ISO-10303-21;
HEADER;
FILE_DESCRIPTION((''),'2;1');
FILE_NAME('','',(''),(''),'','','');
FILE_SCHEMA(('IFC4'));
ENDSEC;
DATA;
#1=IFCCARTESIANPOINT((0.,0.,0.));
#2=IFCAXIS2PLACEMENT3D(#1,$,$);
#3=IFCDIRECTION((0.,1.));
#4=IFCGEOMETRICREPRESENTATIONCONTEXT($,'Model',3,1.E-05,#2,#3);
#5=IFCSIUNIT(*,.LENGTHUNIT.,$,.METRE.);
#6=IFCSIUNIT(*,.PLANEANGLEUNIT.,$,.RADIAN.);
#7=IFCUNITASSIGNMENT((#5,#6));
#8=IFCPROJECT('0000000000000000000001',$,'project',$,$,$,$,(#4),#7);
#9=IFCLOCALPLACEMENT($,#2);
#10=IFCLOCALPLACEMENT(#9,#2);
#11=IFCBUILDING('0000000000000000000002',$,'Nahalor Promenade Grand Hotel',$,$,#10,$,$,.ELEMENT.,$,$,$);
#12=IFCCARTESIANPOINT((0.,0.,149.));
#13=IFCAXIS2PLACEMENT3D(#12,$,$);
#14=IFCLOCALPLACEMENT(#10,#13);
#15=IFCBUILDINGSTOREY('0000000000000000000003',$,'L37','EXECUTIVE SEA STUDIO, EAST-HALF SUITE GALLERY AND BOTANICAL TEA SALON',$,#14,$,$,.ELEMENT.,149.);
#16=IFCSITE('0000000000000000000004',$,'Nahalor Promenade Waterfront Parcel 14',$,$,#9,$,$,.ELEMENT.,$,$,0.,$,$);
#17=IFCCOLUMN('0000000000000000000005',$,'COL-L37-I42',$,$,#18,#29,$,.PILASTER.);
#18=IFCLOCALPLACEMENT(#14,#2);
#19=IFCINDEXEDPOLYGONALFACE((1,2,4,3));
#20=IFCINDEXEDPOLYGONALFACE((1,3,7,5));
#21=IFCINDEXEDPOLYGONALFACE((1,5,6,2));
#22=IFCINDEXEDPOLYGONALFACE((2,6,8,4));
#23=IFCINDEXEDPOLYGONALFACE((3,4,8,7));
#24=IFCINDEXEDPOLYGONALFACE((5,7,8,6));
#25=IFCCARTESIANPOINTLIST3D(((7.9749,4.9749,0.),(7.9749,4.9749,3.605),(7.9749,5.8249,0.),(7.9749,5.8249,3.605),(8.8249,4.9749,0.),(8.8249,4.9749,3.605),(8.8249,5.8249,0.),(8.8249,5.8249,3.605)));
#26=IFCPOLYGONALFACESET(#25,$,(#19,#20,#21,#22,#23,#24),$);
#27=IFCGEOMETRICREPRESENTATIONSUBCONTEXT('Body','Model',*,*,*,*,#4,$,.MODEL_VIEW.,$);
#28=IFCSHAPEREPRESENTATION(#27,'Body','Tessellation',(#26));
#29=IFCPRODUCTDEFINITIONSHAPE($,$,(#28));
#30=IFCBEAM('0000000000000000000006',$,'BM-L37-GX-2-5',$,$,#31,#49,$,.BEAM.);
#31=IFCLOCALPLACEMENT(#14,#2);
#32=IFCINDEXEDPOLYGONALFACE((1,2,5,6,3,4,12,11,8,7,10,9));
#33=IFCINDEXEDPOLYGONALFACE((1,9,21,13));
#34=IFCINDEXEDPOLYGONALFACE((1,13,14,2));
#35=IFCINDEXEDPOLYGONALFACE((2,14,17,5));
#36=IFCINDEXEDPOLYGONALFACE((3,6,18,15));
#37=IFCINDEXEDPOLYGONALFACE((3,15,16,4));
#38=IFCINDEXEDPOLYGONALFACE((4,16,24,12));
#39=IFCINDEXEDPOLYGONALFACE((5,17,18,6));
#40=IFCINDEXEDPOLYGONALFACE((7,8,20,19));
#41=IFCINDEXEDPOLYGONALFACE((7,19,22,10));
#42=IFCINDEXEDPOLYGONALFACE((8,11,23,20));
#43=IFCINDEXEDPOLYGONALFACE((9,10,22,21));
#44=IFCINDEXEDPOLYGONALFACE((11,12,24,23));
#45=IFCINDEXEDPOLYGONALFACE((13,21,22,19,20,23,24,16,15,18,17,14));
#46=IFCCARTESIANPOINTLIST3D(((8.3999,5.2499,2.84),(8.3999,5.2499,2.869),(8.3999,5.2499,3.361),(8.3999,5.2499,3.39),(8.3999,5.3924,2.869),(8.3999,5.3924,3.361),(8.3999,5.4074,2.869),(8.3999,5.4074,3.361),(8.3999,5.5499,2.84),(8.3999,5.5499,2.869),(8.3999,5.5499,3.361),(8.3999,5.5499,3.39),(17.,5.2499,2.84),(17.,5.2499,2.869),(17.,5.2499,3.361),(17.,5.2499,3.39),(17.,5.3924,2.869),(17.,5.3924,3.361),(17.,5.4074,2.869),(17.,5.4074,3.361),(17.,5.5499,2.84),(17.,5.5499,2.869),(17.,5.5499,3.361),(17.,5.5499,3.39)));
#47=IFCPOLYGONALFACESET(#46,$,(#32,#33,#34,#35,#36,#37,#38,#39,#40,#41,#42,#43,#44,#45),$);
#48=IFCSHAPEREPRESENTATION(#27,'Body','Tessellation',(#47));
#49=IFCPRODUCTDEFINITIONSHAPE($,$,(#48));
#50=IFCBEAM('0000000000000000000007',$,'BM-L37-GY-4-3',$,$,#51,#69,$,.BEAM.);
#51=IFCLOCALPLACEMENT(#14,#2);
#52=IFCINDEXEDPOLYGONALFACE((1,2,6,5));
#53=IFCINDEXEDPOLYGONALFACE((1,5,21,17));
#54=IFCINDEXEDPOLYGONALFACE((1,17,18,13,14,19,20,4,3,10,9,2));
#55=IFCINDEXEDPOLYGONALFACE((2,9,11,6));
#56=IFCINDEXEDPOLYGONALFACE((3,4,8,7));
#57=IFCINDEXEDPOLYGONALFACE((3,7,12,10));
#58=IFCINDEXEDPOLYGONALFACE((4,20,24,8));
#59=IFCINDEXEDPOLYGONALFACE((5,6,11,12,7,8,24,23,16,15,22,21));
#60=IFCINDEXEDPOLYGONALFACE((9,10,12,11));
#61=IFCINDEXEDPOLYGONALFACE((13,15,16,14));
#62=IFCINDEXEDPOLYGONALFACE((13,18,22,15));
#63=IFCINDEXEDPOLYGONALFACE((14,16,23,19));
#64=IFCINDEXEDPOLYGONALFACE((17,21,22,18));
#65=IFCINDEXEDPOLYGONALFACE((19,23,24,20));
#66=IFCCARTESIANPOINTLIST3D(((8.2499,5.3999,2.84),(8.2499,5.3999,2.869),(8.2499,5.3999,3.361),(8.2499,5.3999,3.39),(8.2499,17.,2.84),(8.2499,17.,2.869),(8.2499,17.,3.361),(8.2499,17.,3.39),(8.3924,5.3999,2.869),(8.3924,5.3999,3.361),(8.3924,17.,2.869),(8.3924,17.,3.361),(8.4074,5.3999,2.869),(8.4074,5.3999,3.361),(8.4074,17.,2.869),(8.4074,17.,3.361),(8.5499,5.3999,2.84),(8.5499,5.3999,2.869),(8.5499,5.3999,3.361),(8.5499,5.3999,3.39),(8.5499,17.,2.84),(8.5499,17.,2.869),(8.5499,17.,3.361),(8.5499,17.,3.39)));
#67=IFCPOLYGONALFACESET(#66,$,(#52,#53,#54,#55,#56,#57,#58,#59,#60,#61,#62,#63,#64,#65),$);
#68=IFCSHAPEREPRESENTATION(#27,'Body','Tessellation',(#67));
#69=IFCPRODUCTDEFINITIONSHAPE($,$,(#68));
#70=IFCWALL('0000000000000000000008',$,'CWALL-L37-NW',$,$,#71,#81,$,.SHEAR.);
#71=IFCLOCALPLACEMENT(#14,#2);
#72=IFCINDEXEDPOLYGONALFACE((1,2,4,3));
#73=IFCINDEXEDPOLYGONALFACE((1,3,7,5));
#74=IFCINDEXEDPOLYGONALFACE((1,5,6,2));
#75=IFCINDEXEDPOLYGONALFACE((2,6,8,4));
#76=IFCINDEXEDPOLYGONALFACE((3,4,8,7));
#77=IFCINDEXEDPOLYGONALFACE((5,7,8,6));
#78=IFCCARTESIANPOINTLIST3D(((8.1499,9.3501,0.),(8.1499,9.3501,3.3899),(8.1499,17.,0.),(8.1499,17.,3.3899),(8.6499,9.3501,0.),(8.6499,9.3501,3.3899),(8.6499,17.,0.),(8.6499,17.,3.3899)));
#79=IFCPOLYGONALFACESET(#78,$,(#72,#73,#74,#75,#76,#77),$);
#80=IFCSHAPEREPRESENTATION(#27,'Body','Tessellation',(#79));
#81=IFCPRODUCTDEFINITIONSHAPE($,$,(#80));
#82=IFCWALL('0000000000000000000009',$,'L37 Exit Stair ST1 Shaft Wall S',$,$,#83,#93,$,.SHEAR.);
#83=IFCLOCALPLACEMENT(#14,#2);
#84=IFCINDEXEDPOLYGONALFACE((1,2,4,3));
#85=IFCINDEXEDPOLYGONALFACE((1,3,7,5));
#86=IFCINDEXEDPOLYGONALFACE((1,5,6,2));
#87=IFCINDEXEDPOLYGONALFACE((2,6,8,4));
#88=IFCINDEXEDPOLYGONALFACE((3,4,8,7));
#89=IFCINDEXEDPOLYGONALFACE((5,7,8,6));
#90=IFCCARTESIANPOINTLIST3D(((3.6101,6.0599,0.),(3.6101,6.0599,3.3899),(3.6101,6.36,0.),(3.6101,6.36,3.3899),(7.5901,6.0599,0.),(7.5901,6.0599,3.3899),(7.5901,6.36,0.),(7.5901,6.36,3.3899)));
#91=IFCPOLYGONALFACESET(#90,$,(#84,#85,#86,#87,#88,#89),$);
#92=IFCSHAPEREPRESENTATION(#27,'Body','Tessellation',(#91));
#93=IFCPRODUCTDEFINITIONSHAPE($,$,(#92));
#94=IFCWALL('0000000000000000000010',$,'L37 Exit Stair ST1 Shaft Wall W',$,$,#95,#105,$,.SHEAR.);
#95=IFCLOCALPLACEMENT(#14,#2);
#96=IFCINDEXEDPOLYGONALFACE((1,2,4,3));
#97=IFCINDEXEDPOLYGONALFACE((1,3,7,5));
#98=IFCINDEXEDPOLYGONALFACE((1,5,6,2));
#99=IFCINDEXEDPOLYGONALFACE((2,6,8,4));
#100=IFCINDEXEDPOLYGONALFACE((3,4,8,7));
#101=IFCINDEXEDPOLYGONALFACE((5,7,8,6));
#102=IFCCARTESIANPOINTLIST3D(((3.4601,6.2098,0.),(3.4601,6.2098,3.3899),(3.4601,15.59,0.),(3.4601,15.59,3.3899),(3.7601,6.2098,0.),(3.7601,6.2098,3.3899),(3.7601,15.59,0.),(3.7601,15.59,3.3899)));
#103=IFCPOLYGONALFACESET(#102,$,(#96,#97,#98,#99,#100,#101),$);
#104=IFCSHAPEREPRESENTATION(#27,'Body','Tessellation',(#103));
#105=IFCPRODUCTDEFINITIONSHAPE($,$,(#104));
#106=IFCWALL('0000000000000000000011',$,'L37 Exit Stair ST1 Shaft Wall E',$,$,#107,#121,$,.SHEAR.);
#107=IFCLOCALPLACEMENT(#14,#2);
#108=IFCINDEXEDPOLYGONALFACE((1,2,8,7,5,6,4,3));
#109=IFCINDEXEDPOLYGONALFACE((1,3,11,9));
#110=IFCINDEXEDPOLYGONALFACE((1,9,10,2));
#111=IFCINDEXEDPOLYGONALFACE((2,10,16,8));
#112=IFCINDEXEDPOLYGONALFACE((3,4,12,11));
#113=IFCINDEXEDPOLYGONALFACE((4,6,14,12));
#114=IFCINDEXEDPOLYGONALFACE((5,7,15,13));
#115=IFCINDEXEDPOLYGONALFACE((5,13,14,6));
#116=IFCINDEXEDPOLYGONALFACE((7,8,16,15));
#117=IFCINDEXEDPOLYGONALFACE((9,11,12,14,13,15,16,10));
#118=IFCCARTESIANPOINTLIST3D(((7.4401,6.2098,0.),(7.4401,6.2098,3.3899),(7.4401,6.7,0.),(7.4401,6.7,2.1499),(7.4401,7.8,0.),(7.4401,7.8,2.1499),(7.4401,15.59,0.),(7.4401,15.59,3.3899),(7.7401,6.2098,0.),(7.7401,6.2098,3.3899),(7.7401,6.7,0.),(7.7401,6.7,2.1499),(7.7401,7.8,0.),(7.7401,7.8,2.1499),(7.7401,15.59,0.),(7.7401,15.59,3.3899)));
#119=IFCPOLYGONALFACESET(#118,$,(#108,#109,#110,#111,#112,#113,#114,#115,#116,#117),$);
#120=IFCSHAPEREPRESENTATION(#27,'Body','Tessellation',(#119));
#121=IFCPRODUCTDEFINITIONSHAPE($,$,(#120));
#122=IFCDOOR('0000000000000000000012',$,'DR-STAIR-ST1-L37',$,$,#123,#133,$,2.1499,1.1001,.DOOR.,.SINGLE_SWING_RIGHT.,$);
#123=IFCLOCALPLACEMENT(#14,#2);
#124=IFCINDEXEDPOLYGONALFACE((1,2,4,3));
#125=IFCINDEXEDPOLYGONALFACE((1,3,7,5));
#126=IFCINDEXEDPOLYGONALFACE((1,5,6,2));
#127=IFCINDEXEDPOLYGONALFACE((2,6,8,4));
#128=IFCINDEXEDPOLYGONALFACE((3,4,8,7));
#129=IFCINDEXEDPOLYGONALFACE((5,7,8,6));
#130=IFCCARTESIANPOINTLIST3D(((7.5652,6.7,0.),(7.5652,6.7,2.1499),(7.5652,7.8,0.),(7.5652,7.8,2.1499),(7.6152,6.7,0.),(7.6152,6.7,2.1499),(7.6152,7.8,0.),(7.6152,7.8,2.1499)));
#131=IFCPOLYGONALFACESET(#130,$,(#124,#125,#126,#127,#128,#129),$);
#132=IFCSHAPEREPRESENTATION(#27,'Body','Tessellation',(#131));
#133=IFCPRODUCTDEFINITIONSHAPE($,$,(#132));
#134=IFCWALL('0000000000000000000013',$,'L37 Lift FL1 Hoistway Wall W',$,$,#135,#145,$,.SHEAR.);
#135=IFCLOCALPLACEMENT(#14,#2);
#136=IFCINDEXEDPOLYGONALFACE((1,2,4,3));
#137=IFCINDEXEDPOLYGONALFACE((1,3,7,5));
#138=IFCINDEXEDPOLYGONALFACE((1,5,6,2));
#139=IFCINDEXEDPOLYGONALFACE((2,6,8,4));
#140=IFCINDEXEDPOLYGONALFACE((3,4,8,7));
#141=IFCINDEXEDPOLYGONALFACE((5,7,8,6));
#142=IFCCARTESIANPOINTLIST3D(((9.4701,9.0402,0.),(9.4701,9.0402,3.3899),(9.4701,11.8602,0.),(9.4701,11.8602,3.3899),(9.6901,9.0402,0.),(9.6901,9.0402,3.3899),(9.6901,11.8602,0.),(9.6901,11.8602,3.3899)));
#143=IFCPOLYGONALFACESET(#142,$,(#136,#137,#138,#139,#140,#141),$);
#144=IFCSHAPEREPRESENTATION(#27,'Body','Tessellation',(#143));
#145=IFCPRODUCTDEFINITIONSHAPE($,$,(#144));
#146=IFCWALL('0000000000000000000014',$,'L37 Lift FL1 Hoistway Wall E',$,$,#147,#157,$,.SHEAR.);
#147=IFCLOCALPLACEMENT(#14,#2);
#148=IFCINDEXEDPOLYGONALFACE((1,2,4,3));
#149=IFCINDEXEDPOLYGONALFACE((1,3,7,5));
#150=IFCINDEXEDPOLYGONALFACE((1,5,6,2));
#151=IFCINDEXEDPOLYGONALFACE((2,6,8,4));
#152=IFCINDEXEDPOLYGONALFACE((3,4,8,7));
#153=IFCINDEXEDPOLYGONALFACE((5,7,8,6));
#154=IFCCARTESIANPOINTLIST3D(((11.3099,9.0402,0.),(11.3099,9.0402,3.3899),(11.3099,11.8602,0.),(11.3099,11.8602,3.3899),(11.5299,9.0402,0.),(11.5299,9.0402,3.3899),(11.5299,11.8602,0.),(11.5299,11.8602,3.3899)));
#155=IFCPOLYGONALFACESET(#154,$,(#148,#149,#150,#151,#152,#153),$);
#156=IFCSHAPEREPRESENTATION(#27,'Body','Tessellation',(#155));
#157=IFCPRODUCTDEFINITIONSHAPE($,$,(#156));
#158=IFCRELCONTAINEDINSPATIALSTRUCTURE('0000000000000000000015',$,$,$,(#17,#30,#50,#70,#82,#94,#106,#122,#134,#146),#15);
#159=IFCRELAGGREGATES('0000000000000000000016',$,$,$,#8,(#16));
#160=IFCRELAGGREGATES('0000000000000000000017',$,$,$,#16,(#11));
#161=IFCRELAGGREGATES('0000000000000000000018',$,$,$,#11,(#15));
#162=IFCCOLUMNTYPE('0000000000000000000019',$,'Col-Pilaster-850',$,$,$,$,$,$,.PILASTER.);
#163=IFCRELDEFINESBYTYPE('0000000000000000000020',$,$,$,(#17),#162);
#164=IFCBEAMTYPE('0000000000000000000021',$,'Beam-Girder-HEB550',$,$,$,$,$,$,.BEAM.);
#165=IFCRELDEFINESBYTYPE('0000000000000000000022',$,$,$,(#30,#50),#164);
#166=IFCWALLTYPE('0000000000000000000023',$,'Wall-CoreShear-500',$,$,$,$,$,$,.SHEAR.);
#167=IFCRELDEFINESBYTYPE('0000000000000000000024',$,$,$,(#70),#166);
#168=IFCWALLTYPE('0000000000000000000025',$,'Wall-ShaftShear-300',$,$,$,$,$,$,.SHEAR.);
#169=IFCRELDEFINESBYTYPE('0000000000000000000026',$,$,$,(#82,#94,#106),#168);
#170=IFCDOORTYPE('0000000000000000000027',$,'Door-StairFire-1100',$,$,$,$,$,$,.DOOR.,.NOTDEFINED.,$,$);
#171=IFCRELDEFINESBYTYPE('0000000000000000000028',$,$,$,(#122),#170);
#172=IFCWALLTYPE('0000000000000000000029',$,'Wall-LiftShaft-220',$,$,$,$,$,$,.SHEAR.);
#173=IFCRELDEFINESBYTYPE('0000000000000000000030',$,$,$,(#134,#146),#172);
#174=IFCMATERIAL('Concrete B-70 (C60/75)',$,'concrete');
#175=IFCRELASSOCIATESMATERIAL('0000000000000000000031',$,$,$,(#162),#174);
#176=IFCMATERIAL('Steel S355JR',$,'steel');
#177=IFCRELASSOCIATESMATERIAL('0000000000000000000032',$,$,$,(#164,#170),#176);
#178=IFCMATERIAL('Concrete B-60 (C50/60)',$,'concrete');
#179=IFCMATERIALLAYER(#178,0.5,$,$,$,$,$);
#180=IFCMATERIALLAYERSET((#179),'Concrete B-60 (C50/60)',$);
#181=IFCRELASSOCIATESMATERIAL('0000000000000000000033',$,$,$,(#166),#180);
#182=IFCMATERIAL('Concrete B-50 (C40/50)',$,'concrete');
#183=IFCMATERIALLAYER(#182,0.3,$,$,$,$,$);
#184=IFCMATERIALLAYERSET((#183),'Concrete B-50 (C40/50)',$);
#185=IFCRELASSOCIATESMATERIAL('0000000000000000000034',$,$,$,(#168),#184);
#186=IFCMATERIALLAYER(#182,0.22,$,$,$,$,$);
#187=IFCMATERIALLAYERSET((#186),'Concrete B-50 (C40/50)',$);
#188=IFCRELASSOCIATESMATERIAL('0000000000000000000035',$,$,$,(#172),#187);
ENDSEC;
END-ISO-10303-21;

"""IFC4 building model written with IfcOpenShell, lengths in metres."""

from ifc_helpers import new_model, si_unit, direction, frame, frame_2d, origin, origin_2d, place, context, subcontext, project, spatial, rectangle, i_section, extrude, source, transform, mapped, material, layer, layer_set, material_profile, profile_set, type_object, element, fill, save


model = new_model("IFC4")

# Units and contexts
model_context = context("Model", 3, precision=1e-05, world=origin(), true_north=direction((0.0, 1.0)))
body_context = subcontext(model_context, "Body", "Model", "MODEL_VIEW")
ifc_project = project(units=[si_unit("LENGTHUNIT", "METRE"), si_unit("PLANEANGLEUNIT", "RADIAN")], contexts=[model_context])

# Site, building, storey
site_placement = place(None, origin())
site = spatial("IfcSite", under=ifc_project, at=site_placement, Name="Nahalor Promenade Waterfront Parcel 14", CompositionType="ELEMENT", RefElevation=0.0)
building_placement = place(site_placement, origin())
building = spatial("IfcBuilding", under=site, at=building_placement, Name="Nahalor Promenade Grand Hotel", CompositionType="ELEMENT")
storey_placement = place(building_placement, frame((0.0, 0.0, 149.0)))
storey = spatial("IfcBuildingStorey", under=building, at=storey_placement, Name="L37", Description="EXECUTIVE SEA STUDIO, EAST-HALF SUITE GALLERY AND BOTANICAL TEA SALON", CompositionType="ELEMENT", Elevation=149.0)

# Column
ifc_material_1 = material(Name="Concrete B-70 (C60/75)", Category="concrete")
ifc_material_profile_1 = material_profile(ifc_material_1, rectangle(XDim=0.85, YDim=0.85, at=origin_2d()), Name="RC 850x850")
ifc_profile_set_1 = profile_set([ifc_material_profile_1], Name="Concrete B-70 (C60/75)")
column_type = type_object("IfcColumnType", Name="Col-Pilaster-850", PredefinedType="PILASTER", material=ifc_profile_set_1)
shared_shape_1 = source(origin(), body_context, "Body", "SweptSolid", [
    extrude(rectangle(XDim=0.85, YDim=0.85, at=origin_2d()), origin(), (0.0, 0.0, 1.0), 3.605),
])
column_placement = place(storey_placement, frame((8.3999, 5.3999, 0.0), z_axis=(0.0, 0.0, 1.0), x_axis=(1.0, 0.0, 0.0)))
element("IfcColumn", 1, at=column_placement, inside=storey, type_object=column_type, Name="COL-L37-I42", PredefinedType="PILASTER", context=body_context, shape_type="MappedRepresentation", body=[
    mapped(shared_shape_1, transform((0.0, 0.0, 0.0), scale=1.0)),
])

# Beams
ifc_material_2 = material(Name="Steel S355JR", Category="steel")
ifc_material_profile_2 = material_profile(ifc_material_2, i_section(OverallWidth=0.3, OverallDepth=0.55, WebThickness=0.015, FlangeThickness=0.029, at=origin_2d()), Name="HEB 550")
ifc_profile_set_2 = profile_set([ifc_material_profile_2], Name="Steel S355JR")
beam_type = type_object("IfcBeamType", Name="Beam-Girder-HEB550", PredefinedType="BEAM", material=ifc_profile_set_2)
shared_shape_2 = source(origin(), body_context, "Body", "SweptSolid", [
    extrude(i_section(OverallWidth=0.3, OverallDepth=0.55, WebThickness=0.015, FlangeThickness=0.029, at=origin_2d()), origin(), (0.0, 0.0, 1.0), 8.6001),
])
beam_1_placement = place(storey_placement, frame((8.3999, 5.3999, 3.115), z_axis=(1.0, 0.0, 0.0), x_axis=(0.0, 1.0, 0.0)))
element("IfcBeam", 2, at=beam_1_placement, inside=storey, type_object=beam_type, Name="BM-L37-GX-2-5", PredefinedType="BEAM", context=body_context, shape_type="MappedRepresentation", body=[
    mapped(shared_shape_2, transform((0.0, 0.0, 0.0), scale=1.0)),
])
shared_shape_3 = source(origin(), body_context, "Body", "SweptSolid", [
    extrude(i_section(OverallWidth=0.3, OverallDepth=0.55, WebThickness=0.015, FlangeThickness=0.029, at=origin_2d()), origin(), (0.0, 0.0, 1.0), 11.6001),
])
beam_2_placement = place(storey_placement, frame((8.3999, 5.3999, 3.115), z_axis=(0.0, 1.0, 0.0), x_axis=(-1.0, 0.0, 0.0)))
element("IfcBeam", 3, at=beam_2_placement, inside=storey, type_object=beam_type, Name="BM-L37-GY-4-3", PredefinedType="BEAM", context=body_context, shape_type="MappedRepresentation", body=[
    mapped(shared_shape_3, transform((0.0, 0.0, 0.0), scale=1.0)),
])

# Walls
ifc_material_3 = material(Name="Concrete B-60 (C50/60)", Category="concrete")
ifc_layer_1 = layer(ifc_material_3, 0.5)
ifc_layer_set_1 = layer_set([ifc_layer_1], Name="Concrete B-60 (C50/60)")
wall_type_1 = type_object("IfcWallType", Name="Wall-CoreShear-500", PredefinedType="SHEAR", material=ifc_layer_set_1)
shared_shape_4 = source(origin(), body_context, "Body", "SweptSolid", [
    extrude(rectangle(XDim=7.6499, YDim=0.5, at=frame_2d((3.825, 0.0))), origin(), (0.0, 0.0, 1.0), 3.3899),
])
wall_1_placement = place(storey_placement, frame((8.3999, 9.3501, 0.0), z_axis=(0.0, 0.0, 1.0), x_axis=(0.0, 1.0, 0.0)))
element("IfcWall", 4, at=wall_1_placement, inside=storey, type_object=wall_type_1, Name="CWALL-L37-NW", PredefinedType="SHEAR", context=body_context, shape_type="MappedRepresentation", body=[
    mapped(shared_shape_4, transform((0.0, 0.0, 0.0), scale=1.0)),
])
ifc_material_4 = material(Name="Concrete B-50 (C40/50)", Category="concrete")
ifc_layer_2 = layer(ifc_material_4, 0.3)
ifc_layer_set_2 = layer_set([ifc_layer_2], Name="Concrete B-50 (C40/50)")
wall_type_2 = type_object("IfcWallType", Name="Wall-ShaftShear-300", PredefinedType="SHEAR", material=ifc_layer_set_2)
shared_shape_5 = source(origin(), body_context, "Body", "SweptSolid", [
    extrude(rectangle(XDim=3.98, YDim=0.3, at=frame_2d((1.99, 0.0))), origin(), (0.0, 0.0, 1.0), 3.3899),
])
wall_2_placement = place(storey_placement, frame((3.6101, 6.21, 0.0), z_axis=(0.0, 0.0, 1.0), x_axis=(1.0, 0.0, 0.0)))
element("IfcWall", 5, at=wall_2_placement, inside=storey, type_object=wall_type_2, Name="L37 Exit Stair ST1 Shaft Wall S", PredefinedType="SHEAR", context=body_context, shape_type="MappedRepresentation", body=[
    mapped(shared_shape_5, transform((0.0, 0.0, 0.0), scale=1.0)),
])
shared_shape_6 = source(origin(), body_context, "Body", "SweptSolid", [
    extrude(rectangle(XDim=9.3801, YDim=0.3, at=frame_2d((4.6899, 0.0))), origin(), (0.0, 0.0, 1.0), 3.3899),
])
wall_3_placement = place(storey_placement, frame((3.6101, 6.21, 0.0), z_axis=(0.0, 0.0, 1.0), x_axis=(0.0, 1.0, 0.0)))
element("IfcWall", 6, at=wall_3_placement, inside=storey, type_object=wall_type_2, Name="L37 Exit Stair ST1 Shaft Wall W", PredefinedType="SHEAR", context=body_context, shape_type="MappedRepresentation", body=[
    mapped(shared_shape_6, transform((0.0, 0.0, 0.0), scale=1.0)),
])

# Wall, opening, door
wall_4_placement = place(storey_placement, frame((7.5901, 6.21, 0.0), z_axis=(0.0, 0.0, 1.0), x_axis=(0.0, 1.0, 0.0)))
wall_4 = element("IfcWall", 7, at=wall_4_placement, inside=storey, type_object=wall_type_2, Name="L37 Exit Stair ST1 Shaft Wall E", PredefinedType="SHEAR", context=body_context, shape_type="MappedRepresentation", body=[
    mapped(shared_shape_6, transform((0.0, 0.0, 0.0), scale=1.0)),
])
opening_1_placement = place(wall_4_placement, frame((0.49, 0.0, 0.0)))
opening_1 = element("IfcOpeningElement", 8, at=opening_1_placement, cuts=wall_4, PredefinedType="OPENING", context=body_context, shape_type="SweptSolid", body=[
    extrude(rectangle(XDim=1.1001, YDim=2.1499, at=frame_2d((0.55, 1.075))), frame((0.0, 0.1599, 0.0), z_axis=(0.0, -1.0, 0.0), x_axis=(1.0, 0.0, 0.0)), (0.0, 0.0, 1.0), 0.3201),
])
door_type_1 = type_object("IfcDoorType", Name="Door-StairFire-1100", OperationType="NOTDEFINED", PredefinedType="DOOR", material=ifc_material_2)
shared_shape_7 = source(origin(), body_context, "Body", "SweptSolid", [
    extrude(rectangle(XDim=1.1001, YDim=2.1499, at=frame_2d((0.55, 1.075))), frame((0.0, 0.0249, 0.0), z_axis=(0.0, -1.0, 0.0), x_axis=(1.0, 0.0, 0.0)), (0.0, 0.0, 1.0), 0.05),
])
door_1_placement = place(opening_1_placement, origin())
door_1 = element("IfcDoor", 9, at=door_1_placement, inside=storey, type_object=door_type_1, Name="DR-STAIR-ST1-L37", OperationType="SINGLE_SWING_RIGHT", OverallHeight=2.1499, OverallWidth=1.1001, PredefinedType="DOOR", context=body_context, shape_type="MappedRepresentation", body=[
    mapped(shared_shape_7, transform((0.0, 0.0, 0.0), scale=1.0)),
])
fill(opening_1, door_1)

# Walls
ifc_layer_3 = layer(ifc_material_4, 0.22)
ifc_layer_set_3 = layer_set([ifc_layer_3], Name="Concrete B-50 (C40/50)")
wall_type_3 = type_object("IfcWallType", Name="Wall-LiftShaft-220", PredefinedType="SHEAR", material=ifc_layer_set_3)
shared_shape_8 = source(origin(), body_context, "Body", "SweptSolid", [
    extrude(rectangle(XDim=2.8201, YDim=0.22, at=frame_2d((1.4102, 0.0))), origin(), (0.0, 0.0, 1.0), 3.3899),
])
for number, where, z_axis, x_axis, name in (
    (10, (9.5801, 9.04, 0.0), (0.0, 0.0, 1.0), (0.0, 1.0, 0.0), "L37 Lift FL1 Hoistway Wall W"),
    (11, (11.4199, 9.04, 0.0), (0.0, 0.0, 1.0), (0.0, 1.0, 0.0), "L37 Lift FL1 Hoistway Wall E"),
):
    element("IfcWall", number, at=place(storey_placement, frame(where, z_axis=z_axis, x_axis=x_axis)), inside=storey, type_object=wall_type_3, Name=name, PredefinedType="SHEAR", context=body_context, shape_type="MappedRepresentation", body=[
        mapped(shared_shape_8, transform((0.0, 0.0, 0.0), scale=1.0)),
    ])

save(model, "model.ifc")
